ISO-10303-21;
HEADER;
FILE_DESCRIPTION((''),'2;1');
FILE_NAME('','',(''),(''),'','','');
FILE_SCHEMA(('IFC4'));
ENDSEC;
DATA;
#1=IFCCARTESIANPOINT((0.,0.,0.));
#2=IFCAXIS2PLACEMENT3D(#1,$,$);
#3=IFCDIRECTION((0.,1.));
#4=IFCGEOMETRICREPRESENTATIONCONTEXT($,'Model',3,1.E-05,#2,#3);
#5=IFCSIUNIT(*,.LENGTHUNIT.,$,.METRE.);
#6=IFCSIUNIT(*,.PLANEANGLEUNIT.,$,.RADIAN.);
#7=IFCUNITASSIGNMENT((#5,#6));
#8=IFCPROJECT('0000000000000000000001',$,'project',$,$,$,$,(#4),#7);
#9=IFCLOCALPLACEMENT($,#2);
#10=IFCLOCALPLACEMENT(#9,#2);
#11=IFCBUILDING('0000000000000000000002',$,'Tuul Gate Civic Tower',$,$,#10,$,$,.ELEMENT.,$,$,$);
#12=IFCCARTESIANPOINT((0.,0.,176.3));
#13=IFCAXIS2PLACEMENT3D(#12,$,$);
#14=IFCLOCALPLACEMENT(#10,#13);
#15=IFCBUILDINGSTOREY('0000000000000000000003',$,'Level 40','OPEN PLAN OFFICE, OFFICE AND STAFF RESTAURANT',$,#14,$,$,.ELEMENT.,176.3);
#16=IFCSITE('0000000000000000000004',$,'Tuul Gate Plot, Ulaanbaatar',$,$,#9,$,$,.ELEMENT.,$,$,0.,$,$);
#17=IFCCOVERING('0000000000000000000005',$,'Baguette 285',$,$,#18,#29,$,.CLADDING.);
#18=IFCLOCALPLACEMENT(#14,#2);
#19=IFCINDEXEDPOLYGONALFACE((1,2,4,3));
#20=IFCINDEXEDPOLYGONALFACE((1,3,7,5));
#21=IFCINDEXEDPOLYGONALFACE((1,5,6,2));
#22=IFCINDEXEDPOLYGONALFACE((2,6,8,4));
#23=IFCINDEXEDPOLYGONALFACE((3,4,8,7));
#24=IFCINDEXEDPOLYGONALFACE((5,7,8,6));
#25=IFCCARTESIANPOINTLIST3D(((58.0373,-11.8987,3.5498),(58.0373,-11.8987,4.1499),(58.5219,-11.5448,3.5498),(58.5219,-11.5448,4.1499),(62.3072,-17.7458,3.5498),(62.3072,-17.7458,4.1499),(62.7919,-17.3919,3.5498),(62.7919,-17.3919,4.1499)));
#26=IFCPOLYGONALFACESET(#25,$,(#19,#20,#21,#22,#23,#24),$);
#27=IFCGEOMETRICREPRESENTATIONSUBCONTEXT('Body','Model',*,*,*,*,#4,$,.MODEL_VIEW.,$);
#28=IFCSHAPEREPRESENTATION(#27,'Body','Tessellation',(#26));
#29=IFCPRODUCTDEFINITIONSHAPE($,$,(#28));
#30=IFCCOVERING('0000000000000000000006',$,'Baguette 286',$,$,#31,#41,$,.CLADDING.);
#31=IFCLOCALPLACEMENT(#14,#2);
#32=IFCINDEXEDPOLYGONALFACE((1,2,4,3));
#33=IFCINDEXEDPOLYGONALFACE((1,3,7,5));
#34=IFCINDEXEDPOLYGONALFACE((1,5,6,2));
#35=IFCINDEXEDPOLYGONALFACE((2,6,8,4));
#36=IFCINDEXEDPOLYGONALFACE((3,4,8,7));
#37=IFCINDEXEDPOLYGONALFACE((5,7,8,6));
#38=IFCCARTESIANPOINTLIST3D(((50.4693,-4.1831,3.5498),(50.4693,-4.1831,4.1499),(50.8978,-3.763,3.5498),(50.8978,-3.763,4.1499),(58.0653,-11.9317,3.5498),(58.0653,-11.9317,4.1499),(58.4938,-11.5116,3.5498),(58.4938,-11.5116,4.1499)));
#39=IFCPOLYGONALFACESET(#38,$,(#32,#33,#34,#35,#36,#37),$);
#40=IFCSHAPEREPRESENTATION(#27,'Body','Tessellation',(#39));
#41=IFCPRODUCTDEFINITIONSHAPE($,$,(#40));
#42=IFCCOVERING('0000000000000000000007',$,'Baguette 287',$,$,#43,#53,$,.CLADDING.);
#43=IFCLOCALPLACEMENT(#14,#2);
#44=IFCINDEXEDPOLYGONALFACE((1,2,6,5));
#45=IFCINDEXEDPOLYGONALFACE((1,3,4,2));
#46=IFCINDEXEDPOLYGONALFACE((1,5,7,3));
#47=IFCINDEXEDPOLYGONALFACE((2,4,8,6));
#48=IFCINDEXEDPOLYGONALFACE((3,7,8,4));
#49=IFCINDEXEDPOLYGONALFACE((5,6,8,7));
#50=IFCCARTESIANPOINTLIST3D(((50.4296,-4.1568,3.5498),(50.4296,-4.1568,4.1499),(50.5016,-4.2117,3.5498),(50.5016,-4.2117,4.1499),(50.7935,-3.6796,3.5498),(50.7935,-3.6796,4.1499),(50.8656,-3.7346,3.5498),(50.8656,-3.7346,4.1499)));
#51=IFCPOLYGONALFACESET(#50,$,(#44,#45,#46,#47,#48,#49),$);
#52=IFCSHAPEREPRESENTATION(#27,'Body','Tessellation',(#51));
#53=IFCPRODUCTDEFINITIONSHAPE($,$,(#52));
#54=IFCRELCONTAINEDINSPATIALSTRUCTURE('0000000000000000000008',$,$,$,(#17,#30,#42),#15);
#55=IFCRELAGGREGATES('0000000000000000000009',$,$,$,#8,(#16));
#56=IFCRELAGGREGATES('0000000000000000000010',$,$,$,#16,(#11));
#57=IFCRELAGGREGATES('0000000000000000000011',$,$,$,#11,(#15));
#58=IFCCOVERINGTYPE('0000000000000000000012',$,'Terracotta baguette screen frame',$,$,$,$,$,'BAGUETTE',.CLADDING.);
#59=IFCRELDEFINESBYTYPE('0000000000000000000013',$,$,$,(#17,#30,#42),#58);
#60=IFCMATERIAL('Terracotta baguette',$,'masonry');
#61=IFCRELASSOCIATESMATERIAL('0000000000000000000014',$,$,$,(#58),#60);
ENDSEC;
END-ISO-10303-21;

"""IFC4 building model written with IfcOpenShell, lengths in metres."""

from ifc_helpers import new_model, si_unit, direction, frame, origin, origin_2d, place, context, subcontext, project, spatial, rectangle, extrude, material, material_profile, profile_set, type_object, element, save


model = new_model("IFC4")

# Units and contexts
model_context = context("Model", 3, precision=1e-05, world=origin(), true_north=direction((0.0, 1.0)))
body_context = subcontext(model_context, "Body", "Model", "MODEL_VIEW")
ifc_project = project(units=[si_unit("LENGTHUNIT", "METRE"), si_unit("PLANEANGLEUNIT", "RADIAN")], contexts=[model_context])

# Site, building, storey
site_placement = place(None, origin())
site = spatial("IfcSite", under=ifc_project, at=site_placement, Name="Tuul Gate Plot, Ulaanbaatar", CompositionType="ELEMENT", RefElevation=0.0)
building_placement = place(site_placement, origin())
building = spatial("IfcBuilding", under=site, at=building_placement, Name="Tuul Gate Civic Tower", CompositionType="ELEMENT")
storey_placement = place(building_placement, frame((0.0, 0.0, 176.3)))
storey = spatial("IfcBuildingStorey", under=building, at=storey_placement, Name="Level 40", Description="OPEN PLAN OFFICE, OFFICE AND STAFF RESTAURANT", CompositionType="ELEMENT", Elevation=176.3)

# Coverings
ifc_material_1 = material(Name="Terracotta baguette", Category="masonry")
ifc_material_profile_1 = material_profile(ifc_material_1, rectangle(XDim=0.6001, YDim=0.6001, at=origin_2d()), Name="Terracotta baguette screen frame")
ifc_profile_set_1 = profile_set([ifc_material_profile_1], Name="Terracotta baguette")
covering_type = type_object("IfcCoveringType", Name="Terracotta baguette screen frame", ElementType="BAGUETTE", PredefinedType="CLADDING", material=ifc_profile_set_1)
covering_1_placement = place(storey_placement, frame((62.5496, -17.5688, 3.8499), z_axis=(-0.589754, 0.807583, 0.0), x_axis=(-0.807583, -0.589754, 0.0)))
element("IfcCovering", 1, at=covering_1_placement, inside=storey, type_object=covering_type, Name="Baguette 285", PredefinedType="CLADDING", context=body_context, shape_type="SweptSolid", body=[
    extrude(rectangle(XDim=0.6001, YDim=0.6001, at=origin_2d()), origin(), (0.0, 0.0, 1.0), 7.2402),
])
covering_2_placement = place(storey_placement, frame((58.2795, -11.7217, 3.8499), z_axis=(-0.700041, 0.714103, 0.0), x_axis=(-0.714103, -0.700041, 0.0)))
element("IfcCovering", 2, at=covering_2_placement, inside=storey, type_object=covering_type, Name="Baguette 286", PredefinedType="CLADDING", context=body_context, shape_type="SweptSolid", body=[
    extrude(rectangle(XDim=0.6001, YDim=0.6001, at=origin_2d()), origin(), (0.0, 0.0, 1.0), 10.8508),
])
covering_3_placement = place(storey_placement, frame((50.6836, -3.9731, 3.8499), z_axis=(-0.795122, 0.606449, 0.0), x_axis=(-0.606449, -0.795122, 0.0)))
element("IfcCovering", 3, at=covering_3_placement, inside=storey, type_object=covering_type, Name="Baguette 287", PredefinedType="CLADDING", context=body_context, shape_type="SweptSolid", body=[
    extrude(rectangle(XDim=0.6001, YDim=0.6001, at=origin_2d()), origin(), (0.0, 0.0, 1.0), 0.0906),
])

save(model, "model.ifc")
